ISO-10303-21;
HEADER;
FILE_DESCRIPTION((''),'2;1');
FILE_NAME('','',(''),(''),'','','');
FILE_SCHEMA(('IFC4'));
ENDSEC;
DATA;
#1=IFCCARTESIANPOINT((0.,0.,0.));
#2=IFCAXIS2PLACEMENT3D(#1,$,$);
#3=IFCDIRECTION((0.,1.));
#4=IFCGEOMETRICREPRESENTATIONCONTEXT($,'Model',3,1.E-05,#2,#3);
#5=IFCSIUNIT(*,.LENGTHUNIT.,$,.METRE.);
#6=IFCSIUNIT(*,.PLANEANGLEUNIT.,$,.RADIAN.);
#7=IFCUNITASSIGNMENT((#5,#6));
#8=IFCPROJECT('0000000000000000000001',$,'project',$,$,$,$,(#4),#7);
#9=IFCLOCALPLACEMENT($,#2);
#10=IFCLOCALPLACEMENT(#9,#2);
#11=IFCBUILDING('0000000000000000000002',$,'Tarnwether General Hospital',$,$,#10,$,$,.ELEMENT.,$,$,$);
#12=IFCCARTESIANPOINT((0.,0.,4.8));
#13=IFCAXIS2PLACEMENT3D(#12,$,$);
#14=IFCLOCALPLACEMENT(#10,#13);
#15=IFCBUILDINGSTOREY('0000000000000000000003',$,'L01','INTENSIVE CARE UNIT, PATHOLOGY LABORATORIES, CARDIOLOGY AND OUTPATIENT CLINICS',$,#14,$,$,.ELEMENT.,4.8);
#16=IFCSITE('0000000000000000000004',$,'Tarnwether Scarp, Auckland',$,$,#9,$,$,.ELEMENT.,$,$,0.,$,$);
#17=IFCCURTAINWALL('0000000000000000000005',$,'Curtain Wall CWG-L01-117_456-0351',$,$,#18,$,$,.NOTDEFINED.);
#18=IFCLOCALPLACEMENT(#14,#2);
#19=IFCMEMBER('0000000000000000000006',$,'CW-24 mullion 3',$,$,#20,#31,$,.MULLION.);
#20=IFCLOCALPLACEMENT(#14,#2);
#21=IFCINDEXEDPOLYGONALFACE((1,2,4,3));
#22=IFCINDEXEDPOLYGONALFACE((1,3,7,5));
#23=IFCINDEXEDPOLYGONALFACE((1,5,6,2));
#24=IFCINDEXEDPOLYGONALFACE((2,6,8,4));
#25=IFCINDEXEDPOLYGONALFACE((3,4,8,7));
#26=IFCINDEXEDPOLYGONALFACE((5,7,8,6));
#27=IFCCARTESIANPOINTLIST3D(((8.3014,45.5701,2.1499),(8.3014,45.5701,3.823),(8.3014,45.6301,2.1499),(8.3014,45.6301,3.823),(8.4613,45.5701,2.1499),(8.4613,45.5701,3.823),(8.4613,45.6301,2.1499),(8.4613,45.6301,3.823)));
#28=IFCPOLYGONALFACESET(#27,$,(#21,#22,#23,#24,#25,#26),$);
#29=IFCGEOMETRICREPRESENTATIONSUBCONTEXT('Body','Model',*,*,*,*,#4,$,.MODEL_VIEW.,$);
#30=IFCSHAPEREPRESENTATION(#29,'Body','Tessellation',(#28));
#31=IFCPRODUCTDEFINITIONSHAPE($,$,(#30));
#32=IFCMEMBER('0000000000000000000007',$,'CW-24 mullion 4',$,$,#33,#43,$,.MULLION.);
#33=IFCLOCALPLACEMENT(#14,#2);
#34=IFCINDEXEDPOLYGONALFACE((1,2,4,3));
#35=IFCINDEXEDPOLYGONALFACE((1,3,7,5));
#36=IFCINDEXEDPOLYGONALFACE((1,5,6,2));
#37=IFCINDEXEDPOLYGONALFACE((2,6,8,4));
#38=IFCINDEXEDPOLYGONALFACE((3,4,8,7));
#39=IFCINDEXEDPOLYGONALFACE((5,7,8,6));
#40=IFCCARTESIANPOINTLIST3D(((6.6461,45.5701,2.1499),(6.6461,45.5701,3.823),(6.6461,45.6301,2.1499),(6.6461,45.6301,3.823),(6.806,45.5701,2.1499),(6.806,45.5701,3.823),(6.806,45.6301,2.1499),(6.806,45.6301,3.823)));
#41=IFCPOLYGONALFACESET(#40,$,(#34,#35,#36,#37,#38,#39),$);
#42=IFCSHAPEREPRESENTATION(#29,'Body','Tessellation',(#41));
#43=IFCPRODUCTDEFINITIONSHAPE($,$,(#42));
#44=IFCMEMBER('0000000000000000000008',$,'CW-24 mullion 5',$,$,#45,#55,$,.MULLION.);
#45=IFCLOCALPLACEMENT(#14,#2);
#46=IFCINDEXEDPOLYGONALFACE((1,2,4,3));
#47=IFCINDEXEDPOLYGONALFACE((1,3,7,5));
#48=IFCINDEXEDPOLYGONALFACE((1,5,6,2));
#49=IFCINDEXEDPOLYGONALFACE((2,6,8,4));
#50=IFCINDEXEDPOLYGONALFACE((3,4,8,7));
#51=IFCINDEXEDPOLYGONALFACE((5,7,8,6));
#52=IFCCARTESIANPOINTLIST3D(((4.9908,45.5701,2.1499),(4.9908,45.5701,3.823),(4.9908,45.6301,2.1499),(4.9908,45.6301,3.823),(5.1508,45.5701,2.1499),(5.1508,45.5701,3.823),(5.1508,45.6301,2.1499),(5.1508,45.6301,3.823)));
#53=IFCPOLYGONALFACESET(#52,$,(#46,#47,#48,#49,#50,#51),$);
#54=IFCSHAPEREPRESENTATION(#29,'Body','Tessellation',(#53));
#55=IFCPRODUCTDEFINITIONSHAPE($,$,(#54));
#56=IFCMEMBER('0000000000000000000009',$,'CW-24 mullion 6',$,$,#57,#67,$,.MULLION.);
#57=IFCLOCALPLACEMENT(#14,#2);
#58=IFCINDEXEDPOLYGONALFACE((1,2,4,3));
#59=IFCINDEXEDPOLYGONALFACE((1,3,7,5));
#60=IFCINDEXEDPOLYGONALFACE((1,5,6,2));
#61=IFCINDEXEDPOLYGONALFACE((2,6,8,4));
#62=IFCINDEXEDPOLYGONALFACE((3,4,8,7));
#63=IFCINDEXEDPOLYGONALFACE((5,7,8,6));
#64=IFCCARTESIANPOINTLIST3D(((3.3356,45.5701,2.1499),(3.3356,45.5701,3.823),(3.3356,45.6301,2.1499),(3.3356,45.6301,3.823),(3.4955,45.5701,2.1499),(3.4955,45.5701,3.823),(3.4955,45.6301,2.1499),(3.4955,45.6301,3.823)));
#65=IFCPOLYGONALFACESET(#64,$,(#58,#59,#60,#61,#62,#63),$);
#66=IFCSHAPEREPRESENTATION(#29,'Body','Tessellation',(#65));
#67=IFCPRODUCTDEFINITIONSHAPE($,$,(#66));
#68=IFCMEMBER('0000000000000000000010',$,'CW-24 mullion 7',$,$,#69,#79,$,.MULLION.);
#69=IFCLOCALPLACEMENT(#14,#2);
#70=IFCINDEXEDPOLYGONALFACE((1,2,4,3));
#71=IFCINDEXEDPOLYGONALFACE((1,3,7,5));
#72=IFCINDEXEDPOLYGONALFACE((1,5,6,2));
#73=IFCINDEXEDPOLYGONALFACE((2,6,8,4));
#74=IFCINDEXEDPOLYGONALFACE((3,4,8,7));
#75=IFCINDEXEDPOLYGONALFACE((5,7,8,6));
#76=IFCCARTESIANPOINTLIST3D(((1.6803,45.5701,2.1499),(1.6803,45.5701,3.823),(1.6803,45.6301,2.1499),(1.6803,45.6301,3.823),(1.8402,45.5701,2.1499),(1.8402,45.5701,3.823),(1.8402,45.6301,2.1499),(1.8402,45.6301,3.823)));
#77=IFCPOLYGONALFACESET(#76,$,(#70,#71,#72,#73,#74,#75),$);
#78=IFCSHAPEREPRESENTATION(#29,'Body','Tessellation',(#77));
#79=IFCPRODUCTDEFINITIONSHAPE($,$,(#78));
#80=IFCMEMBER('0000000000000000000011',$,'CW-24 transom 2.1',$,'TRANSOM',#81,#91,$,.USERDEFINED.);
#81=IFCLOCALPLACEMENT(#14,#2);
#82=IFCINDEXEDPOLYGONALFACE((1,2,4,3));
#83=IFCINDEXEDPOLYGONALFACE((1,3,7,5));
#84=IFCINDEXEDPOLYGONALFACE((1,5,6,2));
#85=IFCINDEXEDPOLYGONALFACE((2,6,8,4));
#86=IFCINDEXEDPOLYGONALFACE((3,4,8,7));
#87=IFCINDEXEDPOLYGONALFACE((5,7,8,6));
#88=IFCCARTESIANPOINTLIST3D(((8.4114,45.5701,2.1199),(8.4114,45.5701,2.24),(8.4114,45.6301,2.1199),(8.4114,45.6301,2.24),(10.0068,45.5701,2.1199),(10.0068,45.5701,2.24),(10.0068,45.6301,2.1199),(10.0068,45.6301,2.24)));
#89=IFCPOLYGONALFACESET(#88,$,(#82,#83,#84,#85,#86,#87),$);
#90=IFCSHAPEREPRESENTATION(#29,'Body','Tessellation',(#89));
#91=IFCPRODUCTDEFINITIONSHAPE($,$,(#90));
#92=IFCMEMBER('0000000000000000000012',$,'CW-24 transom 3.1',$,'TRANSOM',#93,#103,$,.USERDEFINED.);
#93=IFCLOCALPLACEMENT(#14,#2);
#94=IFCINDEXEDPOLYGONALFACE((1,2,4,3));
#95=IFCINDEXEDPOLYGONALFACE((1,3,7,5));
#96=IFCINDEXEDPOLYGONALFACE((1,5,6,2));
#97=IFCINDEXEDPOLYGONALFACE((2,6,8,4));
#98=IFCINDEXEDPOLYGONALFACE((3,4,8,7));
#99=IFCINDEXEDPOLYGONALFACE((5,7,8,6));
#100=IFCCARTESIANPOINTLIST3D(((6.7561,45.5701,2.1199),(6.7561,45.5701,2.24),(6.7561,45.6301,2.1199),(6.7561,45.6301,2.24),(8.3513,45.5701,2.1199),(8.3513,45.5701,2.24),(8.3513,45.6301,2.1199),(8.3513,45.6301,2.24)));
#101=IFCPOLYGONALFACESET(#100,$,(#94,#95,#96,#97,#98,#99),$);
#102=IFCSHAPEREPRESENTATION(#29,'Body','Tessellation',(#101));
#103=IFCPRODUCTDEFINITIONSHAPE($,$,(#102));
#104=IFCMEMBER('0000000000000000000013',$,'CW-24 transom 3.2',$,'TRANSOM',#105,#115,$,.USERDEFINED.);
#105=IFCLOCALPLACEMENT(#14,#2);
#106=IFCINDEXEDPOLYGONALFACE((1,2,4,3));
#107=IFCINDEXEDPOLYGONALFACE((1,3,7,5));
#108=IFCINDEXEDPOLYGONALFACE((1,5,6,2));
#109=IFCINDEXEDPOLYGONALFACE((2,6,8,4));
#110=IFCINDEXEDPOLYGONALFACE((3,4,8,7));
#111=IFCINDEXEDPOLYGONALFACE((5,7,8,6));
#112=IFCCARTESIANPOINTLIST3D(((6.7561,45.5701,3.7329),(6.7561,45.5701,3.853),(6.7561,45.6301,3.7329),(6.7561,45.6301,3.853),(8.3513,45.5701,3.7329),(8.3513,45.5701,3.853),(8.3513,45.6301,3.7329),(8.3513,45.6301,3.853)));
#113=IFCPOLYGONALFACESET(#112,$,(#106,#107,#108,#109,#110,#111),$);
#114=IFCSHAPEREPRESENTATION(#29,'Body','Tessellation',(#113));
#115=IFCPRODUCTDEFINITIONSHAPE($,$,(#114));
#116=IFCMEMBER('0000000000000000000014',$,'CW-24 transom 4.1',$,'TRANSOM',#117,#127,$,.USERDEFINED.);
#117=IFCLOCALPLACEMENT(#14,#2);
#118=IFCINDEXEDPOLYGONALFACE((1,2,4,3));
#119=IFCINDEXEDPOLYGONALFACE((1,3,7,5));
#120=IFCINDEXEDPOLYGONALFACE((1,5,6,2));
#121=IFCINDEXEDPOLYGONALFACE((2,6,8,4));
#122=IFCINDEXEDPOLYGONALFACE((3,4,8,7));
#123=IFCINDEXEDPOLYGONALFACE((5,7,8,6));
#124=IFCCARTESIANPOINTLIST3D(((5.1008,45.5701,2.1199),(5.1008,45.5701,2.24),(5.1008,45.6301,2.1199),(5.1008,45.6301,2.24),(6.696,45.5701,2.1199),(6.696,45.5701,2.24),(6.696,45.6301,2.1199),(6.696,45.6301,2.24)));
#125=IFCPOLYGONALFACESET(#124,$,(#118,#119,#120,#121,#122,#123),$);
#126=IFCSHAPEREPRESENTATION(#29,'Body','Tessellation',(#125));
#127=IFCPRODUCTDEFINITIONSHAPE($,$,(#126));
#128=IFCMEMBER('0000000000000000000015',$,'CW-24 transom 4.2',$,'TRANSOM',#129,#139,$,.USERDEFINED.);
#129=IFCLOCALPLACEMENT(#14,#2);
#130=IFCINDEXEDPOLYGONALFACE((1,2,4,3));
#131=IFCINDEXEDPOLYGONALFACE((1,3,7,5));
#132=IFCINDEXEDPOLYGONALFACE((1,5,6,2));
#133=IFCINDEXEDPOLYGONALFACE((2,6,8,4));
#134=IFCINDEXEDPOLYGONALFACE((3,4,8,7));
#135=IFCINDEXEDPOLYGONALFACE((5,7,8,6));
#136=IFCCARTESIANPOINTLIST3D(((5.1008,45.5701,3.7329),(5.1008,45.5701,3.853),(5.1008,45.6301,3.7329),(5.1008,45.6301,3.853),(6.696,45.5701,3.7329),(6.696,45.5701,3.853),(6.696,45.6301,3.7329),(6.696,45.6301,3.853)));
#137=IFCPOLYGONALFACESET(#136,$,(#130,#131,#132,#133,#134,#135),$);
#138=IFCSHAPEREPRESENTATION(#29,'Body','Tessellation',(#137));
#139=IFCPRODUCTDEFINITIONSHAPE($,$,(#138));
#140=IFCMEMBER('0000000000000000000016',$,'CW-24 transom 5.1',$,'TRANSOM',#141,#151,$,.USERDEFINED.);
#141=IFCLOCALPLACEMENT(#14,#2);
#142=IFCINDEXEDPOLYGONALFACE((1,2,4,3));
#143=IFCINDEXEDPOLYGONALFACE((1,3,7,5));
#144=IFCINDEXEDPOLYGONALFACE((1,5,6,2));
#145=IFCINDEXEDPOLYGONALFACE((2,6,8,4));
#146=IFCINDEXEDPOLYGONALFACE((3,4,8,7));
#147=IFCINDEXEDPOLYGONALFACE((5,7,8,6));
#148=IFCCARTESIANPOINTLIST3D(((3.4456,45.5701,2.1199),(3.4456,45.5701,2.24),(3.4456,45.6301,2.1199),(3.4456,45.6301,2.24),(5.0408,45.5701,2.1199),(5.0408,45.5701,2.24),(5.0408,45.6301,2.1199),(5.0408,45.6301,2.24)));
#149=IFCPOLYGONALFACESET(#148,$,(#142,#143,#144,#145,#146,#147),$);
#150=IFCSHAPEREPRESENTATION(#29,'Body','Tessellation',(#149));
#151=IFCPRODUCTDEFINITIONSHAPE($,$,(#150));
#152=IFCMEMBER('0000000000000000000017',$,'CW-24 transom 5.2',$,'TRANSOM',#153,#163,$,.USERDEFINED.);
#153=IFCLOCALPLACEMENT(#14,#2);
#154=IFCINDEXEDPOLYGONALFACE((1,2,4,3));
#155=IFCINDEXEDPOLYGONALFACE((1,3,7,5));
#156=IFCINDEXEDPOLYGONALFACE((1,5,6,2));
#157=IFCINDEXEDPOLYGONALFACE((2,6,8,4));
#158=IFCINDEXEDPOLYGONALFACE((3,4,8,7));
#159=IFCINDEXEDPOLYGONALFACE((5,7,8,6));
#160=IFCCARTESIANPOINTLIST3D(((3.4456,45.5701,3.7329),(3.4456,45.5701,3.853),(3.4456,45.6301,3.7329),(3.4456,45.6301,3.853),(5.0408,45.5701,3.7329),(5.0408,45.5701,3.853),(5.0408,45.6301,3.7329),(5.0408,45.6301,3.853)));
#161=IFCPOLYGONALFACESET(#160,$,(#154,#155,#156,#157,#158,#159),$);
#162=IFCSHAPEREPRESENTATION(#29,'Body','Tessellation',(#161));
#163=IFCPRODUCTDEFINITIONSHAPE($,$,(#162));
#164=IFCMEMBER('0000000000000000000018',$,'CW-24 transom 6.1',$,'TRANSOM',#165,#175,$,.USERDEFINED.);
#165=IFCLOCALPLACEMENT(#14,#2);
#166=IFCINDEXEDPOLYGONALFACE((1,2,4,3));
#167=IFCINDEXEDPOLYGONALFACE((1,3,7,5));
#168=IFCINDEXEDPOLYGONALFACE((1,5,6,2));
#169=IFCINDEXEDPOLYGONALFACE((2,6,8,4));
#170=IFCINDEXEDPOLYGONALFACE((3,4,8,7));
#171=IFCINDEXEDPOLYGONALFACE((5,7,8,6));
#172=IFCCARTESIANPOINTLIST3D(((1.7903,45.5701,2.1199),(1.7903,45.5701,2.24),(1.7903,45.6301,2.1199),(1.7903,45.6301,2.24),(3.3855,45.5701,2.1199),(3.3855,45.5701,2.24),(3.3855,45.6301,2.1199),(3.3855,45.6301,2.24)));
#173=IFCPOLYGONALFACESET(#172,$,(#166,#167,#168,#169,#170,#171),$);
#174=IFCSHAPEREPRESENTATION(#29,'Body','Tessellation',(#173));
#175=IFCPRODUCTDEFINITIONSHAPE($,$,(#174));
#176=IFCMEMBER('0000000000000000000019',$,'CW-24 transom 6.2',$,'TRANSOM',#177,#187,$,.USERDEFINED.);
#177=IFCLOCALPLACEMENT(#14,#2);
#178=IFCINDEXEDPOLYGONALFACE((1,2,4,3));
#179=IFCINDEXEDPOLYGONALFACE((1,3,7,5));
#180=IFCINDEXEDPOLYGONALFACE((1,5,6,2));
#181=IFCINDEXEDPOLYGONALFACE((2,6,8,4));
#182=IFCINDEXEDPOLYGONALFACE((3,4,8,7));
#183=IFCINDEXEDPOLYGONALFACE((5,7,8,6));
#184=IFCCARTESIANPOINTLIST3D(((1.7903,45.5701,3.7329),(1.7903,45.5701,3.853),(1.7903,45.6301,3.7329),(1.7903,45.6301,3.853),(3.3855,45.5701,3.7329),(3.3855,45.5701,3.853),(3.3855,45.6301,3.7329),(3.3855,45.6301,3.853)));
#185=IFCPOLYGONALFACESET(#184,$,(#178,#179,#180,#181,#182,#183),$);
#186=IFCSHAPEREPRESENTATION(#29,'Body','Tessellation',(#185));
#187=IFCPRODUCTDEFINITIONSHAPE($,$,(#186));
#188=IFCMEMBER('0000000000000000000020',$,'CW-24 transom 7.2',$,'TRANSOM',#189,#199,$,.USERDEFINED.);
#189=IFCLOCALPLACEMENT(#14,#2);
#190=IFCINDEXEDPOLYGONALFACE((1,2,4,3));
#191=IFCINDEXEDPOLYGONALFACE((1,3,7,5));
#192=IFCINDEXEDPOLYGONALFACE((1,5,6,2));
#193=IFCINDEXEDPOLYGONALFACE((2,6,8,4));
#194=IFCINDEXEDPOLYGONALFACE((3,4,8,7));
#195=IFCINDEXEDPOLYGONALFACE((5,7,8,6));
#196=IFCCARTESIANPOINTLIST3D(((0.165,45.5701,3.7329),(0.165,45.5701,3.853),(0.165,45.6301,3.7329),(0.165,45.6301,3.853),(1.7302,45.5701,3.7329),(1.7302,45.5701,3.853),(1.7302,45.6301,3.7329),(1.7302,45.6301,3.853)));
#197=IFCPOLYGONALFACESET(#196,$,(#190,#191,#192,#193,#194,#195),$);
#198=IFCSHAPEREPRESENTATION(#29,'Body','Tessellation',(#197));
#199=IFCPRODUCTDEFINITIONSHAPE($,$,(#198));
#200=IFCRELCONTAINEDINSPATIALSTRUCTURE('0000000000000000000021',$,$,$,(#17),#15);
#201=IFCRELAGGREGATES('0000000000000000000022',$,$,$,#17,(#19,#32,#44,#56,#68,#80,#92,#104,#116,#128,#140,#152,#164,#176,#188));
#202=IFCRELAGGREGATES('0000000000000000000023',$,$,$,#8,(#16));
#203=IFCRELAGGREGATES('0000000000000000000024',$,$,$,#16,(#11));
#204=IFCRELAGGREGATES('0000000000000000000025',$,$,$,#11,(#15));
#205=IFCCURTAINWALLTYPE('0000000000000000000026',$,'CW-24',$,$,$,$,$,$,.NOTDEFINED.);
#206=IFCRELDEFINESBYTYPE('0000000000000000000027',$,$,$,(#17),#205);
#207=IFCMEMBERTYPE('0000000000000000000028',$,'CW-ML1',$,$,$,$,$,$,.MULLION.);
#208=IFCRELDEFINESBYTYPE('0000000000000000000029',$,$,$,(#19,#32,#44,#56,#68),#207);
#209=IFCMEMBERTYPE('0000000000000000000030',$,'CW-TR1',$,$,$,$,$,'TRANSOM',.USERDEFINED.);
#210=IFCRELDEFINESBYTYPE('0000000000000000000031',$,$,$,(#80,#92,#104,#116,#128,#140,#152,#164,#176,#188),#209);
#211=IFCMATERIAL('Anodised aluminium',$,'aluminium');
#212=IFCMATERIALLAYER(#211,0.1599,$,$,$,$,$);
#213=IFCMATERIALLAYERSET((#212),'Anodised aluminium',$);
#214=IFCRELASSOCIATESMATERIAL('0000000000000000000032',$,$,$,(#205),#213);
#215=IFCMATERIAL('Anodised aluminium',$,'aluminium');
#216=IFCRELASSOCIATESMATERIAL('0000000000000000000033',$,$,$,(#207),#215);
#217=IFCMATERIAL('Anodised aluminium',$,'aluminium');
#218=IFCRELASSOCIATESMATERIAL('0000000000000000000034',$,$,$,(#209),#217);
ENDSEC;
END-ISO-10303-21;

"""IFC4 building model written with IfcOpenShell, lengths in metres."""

from ifc_helpers import new_model, si_unit, direction, frame, origin, origin_2d, place, context, subcontext, project, spatial, rectangle, extrude, material, layer, layer_set, material_profile, profile_set, type_object, element, aggregate, save


model = new_model("IFC4")

# Units and contexts
model_context = context("Model", 3, precision=1e-05, world=origin(), true_north=direction((0.0, 1.0)))
body_context = subcontext(model_context, "Body", "Model", "MODEL_VIEW")
ifc_project = project(units=[si_unit("LENGTHUNIT", "METRE"), si_unit("PLANEANGLEUNIT", "RADIAN")], contexts=[model_context])

# Site, building, storey
site_placement = place(None, origin())
site = spatial("IfcSite", under=ifc_project, at=site_placement, Name="Tarnwether Scarp, Auckland", CompositionType="ELEMENT", RefElevation=0.0)
building_placement = place(site_placement, origin())
building = spatial("IfcBuilding", under=site, at=building_placement, Name="Tarnwether General Hospital", CompositionType="ELEMENT")
storey_placement = place(building_placement, frame((0.0, 0.0, 4.8)))
storey = spatial("IfcBuildingStorey", under=building, at=storey_placement, Name="L01", Description="INTENSIVE CARE UNIT, PATHOLOGY LABORATORIES, CARDIOLOGY AND OUTPATIENT CLINICS", CompositionType="ELEMENT", Elevation=4.8)

# Curtain wall, members
ifc_material_1 = material(Name="Anodised aluminium", Category="aluminium")
ifc_layer_1 = layer(ifc_material_1, 0.1599)
ifc_layer_set_1 = layer_set([ifc_layer_1], Name="Anodised aluminium")
curtain_wall_type = type_object("IfcCurtainWallType", Name="CW-24", PredefinedType="NOTDEFINED", material=ifc_layer_set_1)
curtain_wall_placement = place(storey_placement, origin())
curtain_wall = element("IfcCurtainWall", 1, at=curtain_wall_placement, inside=storey, type_object=curtain_wall_type, Name="Curtain Wall CWG-L01-117_456-0351", PredefinedType="NOTDEFINED")
ifc_material_2 = material(Name="Anodised aluminium", Category="aluminium")
ifc_material_profile_1 = material_profile(ifc_material_2, rectangle(XDim=0.0601, YDim=0.1599, at=origin_2d()), Name="ALU-MUL-60x160")
ifc_profile_set_1 = profile_set([ifc_material_profile_1], Name="Anodised aluminium")
member_type_1 = type_object("IfcMemberType", Name="CW-ML1", PredefinedType="MULLION", material=ifc_profile_set_1)
member_1_placement = place(storey_placement, frame((8.3813, 45.6001, 2.1499), z_axis=(0.0, 0.0, 1.0), x_axis=(0.0, -1.0, 0.0)))
member_1 = element("IfcMember", 2, at=member_1_placement, type_object=member_type_1, Name="CW-24 mullion 3", PredefinedType="MULLION", context=body_context, shape_type="SweptSolid", body=[
    extrude(rectangle(XDim=0.0601, YDim=0.1599, at=origin_2d()), origin(), (0.0, 0.0, 1.0), 1.6731),
])
member_2_placement = place(storey_placement, frame((6.7261, 45.6001, 2.1499), z_axis=(0.0, 0.0, 1.0), x_axis=(0.0, -1.0, 0.0)))
member_2 = element("IfcMember", 3, at=member_2_placement, type_object=member_type_1, Name="CW-24 mullion 4", PredefinedType="MULLION", context=body_context, shape_type="SweptSolid", body=[
    extrude(rectangle(XDim=0.0601, YDim=0.1599, at=origin_2d()), origin(), (0.0, 0.0, 1.0), 1.6731),
])
member_3_placement = place(storey_placement, frame((5.0708, 45.6001, 2.1499), z_axis=(0.0, 0.0, 1.0), x_axis=(0.0, -1.0, 0.0)))
member_3 = element("IfcMember", 4, at=member_3_placement, type_object=member_type_1, Name="CW-24 mullion 5", PredefinedType="MULLION", context=body_context, shape_type="SweptSolid", body=[
    extrude(rectangle(XDim=0.0601, YDim=0.1599, at=origin_2d()), origin(), (0.0, 0.0, 1.0), 1.6731),
])
member_4_placement = place(storey_placement, frame((3.4155, 45.6001, 2.1499), z_axis=(0.0, 0.0, 1.0), x_axis=(0.0, -1.0, 0.0)))
member_4 = element("IfcMember", 5, at=member_4_placement, type_object=member_type_1, Name="CW-24 mullion 6", PredefinedType="MULLION", context=body_context, shape_type="SweptSolid", body=[
    extrude(rectangle(XDim=0.0601, YDim=0.1599, at=origin_2d()), origin(), (0.0, 0.0, 1.0), 1.6731),
])
member_5_placement = place(storey_placement, frame((1.7603, 45.6001, 2.1499), z_axis=(0.0, 0.0, 1.0), x_axis=(0.0, -1.0, 0.0)))
member_5 = element("IfcMember", 6, at=member_5_placement, type_object=member_type_1, Name="CW-24 mullion 7", PredefinedType="MULLION", context=body_context, shape_type="SweptSolid", body=[
    extrude(rectangle(XDim=0.0601, YDim=0.1599, at=origin_2d()), origin(), (0.0, 0.0, 1.0), 1.6731),
])
ifc_material_3 = material(Name="Anodised aluminium", Category="aluminium")
ifc_material_profile_2 = material_profile(ifc_material_3, rectangle(XDim=0.0601, YDim=0.1201, at=origin_2d()), Name="ALU-TRN-60x120")
ifc_profile_set_2 = profile_set([ifc_material_profile_2], Name="Anodised aluminium")
member_type_2 = type_object("IfcMemberType", Name="CW-TR1", ElementType="TRANSOM", PredefinedType="USERDEFINED", material=ifc_profile_set_2)
member_6_placement = place(storey_placement, frame((10.0068, 45.6001, 2.1799), z_axis=(-1.0, 0.0, 0.0), x_axis=(0.0, -1.0, 0.0)))
member_6 = element("IfcMember", 7, at=member_6_placement, type_object=member_type_2, Name="CW-24 transom 2.1", ObjectType="TRANSOM", PredefinedType="USERDEFINED", context=body_context, shape_type="SweptSolid", body=[
    extrude(rectangle(XDim=0.0601, YDim=0.1201, at=origin_2d()), origin(), (0.0, 0.0, 1.0), 1.5955),
])
member_7_placement = place(storey_placement, frame((8.3513, 45.6001, 2.1799), z_axis=(-1.0, 0.0, 0.0), x_axis=(0.0, -1.0, 0.0)))
member_7 = element("IfcMember", 8, at=member_7_placement, type_object=member_type_2, Name="CW-24 transom 3.1", ObjectType="TRANSOM", PredefinedType="USERDEFINED", context=body_context, shape_type="SweptSolid", body=[
    extrude(rectangle(XDim=0.0601, YDim=0.1201, at=origin_2d()), origin(), (0.0, 0.0, 1.0), 1.5952),
])
member_8_placement = place(storey_placement, frame((8.3513, 45.6001, 3.793), z_axis=(-1.0, 0.0, 0.0), x_axis=(0.0, -1.0, 0.0)))
member_8 = element("IfcMember", 9, at=member_8_placement, type_object=member_type_2, Name="CW-24 transom 3.2", ObjectType="TRANSOM", PredefinedType="USERDEFINED", context=body_context, shape_type="SweptSolid", body=[
    extrude(rectangle(XDim=0.0601, YDim=0.1201, at=origin_2d()), origin(), (0.0, 0.0, 1.0), 1.5952),
])
member_9_placement = place(storey_placement, frame((6.696, 45.6001, 2.1799), z_axis=(-1.0, 0.0, 0.0), x_axis=(0.0, -1.0, 0.0)))
member_9 = element("IfcMember", 10, at=member_9_placement, type_object=member_type_2, Name="CW-24 transom 4.1", ObjectType="TRANSOM", PredefinedType="USERDEFINED", context=body_context, shape_type="SweptSolid", body=[
    extrude(rectangle(XDim=0.0601, YDim=0.1201, at=origin_2d()), origin(), (0.0, 0.0, 1.0), 1.5952),
])
member_10_placement = place(storey_placement, frame((6.696, 45.6001, 3.793), z_axis=(-1.0, 0.0, 0.0), x_axis=(0.0, -1.0, 0.0)))
member_10 = element("IfcMember", 11, at=member_10_placement, type_object=member_type_2, Name="CW-24 transom 4.2", ObjectType="TRANSOM", PredefinedType="USERDEFINED", context=body_context, shape_type="SweptSolid", body=[
    extrude(rectangle(XDim=0.0601, YDim=0.1201, at=origin_2d()), origin(), (0.0, 0.0, 1.0), 1.5952),
])
member_11_placement = place(storey_placement, frame((5.0408, 45.6001, 2.1799), z_axis=(-1.0, 0.0, 0.0), x_axis=(0.0, -1.0, 0.0)))
member_11 = element("IfcMember", 12, at=member_11_placement, type_object=member_type_2, Name="CW-24 transom 5.1", ObjectType="TRANSOM", PredefinedType="USERDEFINED", context=body_context, shape_type="SweptSolid", body=[
    extrude(rectangle(XDim=0.0601, YDim=0.1201, at=origin_2d()), origin(), (0.0, 0.0, 1.0), 1.5952),
])
member_12_placement = place(storey_placement, frame((5.0408, 45.6001, 3.793), z_axis=(-1.0, 0.0, 0.0), x_axis=(0.0, -1.0, 0.0)))
member_12 = element("IfcMember", 13, at=member_12_placement, type_object=member_type_2, Name="CW-24 transom 5.2", ObjectType="TRANSOM", PredefinedType="USERDEFINED", context=body_context, shape_type="SweptSolid", body=[
    extrude(rectangle(XDim=0.0601, YDim=0.1201, at=origin_2d()), origin(), (0.0, 0.0, 1.0), 1.5952),
])
member_13_placement = place(storey_placement, frame((3.3855, 45.6001, 2.1799), z_axis=(-1.0, 0.0, 0.0), x_axis=(0.0, -1.0, 0.0)))
member_13 = element("IfcMember", 14, at=member_13_placement, type_object=member_type_2, Name="CW-24 transom 6.1", ObjectType="TRANSOM", PredefinedType="USERDEFINED", context=body_context, shape_type="SweptSolid", body=[
    extrude(rectangle(XDim=0.0601, YDim=0.1201, at=origin_2d()), origin(), (0.0, 0.0, 1.0), 1.5952),
])
member_14_placement = place(storey_placement, frame((3.3855, 45.6001, 3.793), z_axis=(-1.0, 0.0, 0.0), x_axis=(0.0, -1.0, 0.0)))
member_14 = element("IfcMember", 15, at=member_14_placement, type_object=member_type_2, Name="CW-24 transom 6.2", ObjectType="TRANSOM", PredefinedType="USERDEFINED", context=body_context, shape_type="SweptSolid", body=[
    extrude(rectangle(XDim=0.0601, YDim=0.1201, at=origin_2d()), origin(), (0.0, 0.0, 1.0), 1.5952),
])
member_15_placement = place(storey_placement, frame((1.7302, 45.6001, 3.793), z_axis=(-1.0, 0.0, 0.0), x_axis=(0.0, -1.0, 0.0)))
member_15 = element("IfcMember", 16, at=member_15_placement, type_object=member_type_2, Name="CW-24 transom 7.2", ObjectType="TRANSOM", PredefinedType="USERDEFINED", context=body_context, shape_type="SweptSolid", body=[
    extrude(rectangle(XDim=0.0601, YDim=0.1201, at=origin_2d()), origin(), (0.0, 0.0, 1.0), 1.5652),
])
aggregate(curtain_wall, [member_1, member_2, member_3, member_4, member_5, member_6, member_7, member_8, member_9, member_10, member_11, member_12, member_13, member_14, member_15])

save(model, "model.ifc")
